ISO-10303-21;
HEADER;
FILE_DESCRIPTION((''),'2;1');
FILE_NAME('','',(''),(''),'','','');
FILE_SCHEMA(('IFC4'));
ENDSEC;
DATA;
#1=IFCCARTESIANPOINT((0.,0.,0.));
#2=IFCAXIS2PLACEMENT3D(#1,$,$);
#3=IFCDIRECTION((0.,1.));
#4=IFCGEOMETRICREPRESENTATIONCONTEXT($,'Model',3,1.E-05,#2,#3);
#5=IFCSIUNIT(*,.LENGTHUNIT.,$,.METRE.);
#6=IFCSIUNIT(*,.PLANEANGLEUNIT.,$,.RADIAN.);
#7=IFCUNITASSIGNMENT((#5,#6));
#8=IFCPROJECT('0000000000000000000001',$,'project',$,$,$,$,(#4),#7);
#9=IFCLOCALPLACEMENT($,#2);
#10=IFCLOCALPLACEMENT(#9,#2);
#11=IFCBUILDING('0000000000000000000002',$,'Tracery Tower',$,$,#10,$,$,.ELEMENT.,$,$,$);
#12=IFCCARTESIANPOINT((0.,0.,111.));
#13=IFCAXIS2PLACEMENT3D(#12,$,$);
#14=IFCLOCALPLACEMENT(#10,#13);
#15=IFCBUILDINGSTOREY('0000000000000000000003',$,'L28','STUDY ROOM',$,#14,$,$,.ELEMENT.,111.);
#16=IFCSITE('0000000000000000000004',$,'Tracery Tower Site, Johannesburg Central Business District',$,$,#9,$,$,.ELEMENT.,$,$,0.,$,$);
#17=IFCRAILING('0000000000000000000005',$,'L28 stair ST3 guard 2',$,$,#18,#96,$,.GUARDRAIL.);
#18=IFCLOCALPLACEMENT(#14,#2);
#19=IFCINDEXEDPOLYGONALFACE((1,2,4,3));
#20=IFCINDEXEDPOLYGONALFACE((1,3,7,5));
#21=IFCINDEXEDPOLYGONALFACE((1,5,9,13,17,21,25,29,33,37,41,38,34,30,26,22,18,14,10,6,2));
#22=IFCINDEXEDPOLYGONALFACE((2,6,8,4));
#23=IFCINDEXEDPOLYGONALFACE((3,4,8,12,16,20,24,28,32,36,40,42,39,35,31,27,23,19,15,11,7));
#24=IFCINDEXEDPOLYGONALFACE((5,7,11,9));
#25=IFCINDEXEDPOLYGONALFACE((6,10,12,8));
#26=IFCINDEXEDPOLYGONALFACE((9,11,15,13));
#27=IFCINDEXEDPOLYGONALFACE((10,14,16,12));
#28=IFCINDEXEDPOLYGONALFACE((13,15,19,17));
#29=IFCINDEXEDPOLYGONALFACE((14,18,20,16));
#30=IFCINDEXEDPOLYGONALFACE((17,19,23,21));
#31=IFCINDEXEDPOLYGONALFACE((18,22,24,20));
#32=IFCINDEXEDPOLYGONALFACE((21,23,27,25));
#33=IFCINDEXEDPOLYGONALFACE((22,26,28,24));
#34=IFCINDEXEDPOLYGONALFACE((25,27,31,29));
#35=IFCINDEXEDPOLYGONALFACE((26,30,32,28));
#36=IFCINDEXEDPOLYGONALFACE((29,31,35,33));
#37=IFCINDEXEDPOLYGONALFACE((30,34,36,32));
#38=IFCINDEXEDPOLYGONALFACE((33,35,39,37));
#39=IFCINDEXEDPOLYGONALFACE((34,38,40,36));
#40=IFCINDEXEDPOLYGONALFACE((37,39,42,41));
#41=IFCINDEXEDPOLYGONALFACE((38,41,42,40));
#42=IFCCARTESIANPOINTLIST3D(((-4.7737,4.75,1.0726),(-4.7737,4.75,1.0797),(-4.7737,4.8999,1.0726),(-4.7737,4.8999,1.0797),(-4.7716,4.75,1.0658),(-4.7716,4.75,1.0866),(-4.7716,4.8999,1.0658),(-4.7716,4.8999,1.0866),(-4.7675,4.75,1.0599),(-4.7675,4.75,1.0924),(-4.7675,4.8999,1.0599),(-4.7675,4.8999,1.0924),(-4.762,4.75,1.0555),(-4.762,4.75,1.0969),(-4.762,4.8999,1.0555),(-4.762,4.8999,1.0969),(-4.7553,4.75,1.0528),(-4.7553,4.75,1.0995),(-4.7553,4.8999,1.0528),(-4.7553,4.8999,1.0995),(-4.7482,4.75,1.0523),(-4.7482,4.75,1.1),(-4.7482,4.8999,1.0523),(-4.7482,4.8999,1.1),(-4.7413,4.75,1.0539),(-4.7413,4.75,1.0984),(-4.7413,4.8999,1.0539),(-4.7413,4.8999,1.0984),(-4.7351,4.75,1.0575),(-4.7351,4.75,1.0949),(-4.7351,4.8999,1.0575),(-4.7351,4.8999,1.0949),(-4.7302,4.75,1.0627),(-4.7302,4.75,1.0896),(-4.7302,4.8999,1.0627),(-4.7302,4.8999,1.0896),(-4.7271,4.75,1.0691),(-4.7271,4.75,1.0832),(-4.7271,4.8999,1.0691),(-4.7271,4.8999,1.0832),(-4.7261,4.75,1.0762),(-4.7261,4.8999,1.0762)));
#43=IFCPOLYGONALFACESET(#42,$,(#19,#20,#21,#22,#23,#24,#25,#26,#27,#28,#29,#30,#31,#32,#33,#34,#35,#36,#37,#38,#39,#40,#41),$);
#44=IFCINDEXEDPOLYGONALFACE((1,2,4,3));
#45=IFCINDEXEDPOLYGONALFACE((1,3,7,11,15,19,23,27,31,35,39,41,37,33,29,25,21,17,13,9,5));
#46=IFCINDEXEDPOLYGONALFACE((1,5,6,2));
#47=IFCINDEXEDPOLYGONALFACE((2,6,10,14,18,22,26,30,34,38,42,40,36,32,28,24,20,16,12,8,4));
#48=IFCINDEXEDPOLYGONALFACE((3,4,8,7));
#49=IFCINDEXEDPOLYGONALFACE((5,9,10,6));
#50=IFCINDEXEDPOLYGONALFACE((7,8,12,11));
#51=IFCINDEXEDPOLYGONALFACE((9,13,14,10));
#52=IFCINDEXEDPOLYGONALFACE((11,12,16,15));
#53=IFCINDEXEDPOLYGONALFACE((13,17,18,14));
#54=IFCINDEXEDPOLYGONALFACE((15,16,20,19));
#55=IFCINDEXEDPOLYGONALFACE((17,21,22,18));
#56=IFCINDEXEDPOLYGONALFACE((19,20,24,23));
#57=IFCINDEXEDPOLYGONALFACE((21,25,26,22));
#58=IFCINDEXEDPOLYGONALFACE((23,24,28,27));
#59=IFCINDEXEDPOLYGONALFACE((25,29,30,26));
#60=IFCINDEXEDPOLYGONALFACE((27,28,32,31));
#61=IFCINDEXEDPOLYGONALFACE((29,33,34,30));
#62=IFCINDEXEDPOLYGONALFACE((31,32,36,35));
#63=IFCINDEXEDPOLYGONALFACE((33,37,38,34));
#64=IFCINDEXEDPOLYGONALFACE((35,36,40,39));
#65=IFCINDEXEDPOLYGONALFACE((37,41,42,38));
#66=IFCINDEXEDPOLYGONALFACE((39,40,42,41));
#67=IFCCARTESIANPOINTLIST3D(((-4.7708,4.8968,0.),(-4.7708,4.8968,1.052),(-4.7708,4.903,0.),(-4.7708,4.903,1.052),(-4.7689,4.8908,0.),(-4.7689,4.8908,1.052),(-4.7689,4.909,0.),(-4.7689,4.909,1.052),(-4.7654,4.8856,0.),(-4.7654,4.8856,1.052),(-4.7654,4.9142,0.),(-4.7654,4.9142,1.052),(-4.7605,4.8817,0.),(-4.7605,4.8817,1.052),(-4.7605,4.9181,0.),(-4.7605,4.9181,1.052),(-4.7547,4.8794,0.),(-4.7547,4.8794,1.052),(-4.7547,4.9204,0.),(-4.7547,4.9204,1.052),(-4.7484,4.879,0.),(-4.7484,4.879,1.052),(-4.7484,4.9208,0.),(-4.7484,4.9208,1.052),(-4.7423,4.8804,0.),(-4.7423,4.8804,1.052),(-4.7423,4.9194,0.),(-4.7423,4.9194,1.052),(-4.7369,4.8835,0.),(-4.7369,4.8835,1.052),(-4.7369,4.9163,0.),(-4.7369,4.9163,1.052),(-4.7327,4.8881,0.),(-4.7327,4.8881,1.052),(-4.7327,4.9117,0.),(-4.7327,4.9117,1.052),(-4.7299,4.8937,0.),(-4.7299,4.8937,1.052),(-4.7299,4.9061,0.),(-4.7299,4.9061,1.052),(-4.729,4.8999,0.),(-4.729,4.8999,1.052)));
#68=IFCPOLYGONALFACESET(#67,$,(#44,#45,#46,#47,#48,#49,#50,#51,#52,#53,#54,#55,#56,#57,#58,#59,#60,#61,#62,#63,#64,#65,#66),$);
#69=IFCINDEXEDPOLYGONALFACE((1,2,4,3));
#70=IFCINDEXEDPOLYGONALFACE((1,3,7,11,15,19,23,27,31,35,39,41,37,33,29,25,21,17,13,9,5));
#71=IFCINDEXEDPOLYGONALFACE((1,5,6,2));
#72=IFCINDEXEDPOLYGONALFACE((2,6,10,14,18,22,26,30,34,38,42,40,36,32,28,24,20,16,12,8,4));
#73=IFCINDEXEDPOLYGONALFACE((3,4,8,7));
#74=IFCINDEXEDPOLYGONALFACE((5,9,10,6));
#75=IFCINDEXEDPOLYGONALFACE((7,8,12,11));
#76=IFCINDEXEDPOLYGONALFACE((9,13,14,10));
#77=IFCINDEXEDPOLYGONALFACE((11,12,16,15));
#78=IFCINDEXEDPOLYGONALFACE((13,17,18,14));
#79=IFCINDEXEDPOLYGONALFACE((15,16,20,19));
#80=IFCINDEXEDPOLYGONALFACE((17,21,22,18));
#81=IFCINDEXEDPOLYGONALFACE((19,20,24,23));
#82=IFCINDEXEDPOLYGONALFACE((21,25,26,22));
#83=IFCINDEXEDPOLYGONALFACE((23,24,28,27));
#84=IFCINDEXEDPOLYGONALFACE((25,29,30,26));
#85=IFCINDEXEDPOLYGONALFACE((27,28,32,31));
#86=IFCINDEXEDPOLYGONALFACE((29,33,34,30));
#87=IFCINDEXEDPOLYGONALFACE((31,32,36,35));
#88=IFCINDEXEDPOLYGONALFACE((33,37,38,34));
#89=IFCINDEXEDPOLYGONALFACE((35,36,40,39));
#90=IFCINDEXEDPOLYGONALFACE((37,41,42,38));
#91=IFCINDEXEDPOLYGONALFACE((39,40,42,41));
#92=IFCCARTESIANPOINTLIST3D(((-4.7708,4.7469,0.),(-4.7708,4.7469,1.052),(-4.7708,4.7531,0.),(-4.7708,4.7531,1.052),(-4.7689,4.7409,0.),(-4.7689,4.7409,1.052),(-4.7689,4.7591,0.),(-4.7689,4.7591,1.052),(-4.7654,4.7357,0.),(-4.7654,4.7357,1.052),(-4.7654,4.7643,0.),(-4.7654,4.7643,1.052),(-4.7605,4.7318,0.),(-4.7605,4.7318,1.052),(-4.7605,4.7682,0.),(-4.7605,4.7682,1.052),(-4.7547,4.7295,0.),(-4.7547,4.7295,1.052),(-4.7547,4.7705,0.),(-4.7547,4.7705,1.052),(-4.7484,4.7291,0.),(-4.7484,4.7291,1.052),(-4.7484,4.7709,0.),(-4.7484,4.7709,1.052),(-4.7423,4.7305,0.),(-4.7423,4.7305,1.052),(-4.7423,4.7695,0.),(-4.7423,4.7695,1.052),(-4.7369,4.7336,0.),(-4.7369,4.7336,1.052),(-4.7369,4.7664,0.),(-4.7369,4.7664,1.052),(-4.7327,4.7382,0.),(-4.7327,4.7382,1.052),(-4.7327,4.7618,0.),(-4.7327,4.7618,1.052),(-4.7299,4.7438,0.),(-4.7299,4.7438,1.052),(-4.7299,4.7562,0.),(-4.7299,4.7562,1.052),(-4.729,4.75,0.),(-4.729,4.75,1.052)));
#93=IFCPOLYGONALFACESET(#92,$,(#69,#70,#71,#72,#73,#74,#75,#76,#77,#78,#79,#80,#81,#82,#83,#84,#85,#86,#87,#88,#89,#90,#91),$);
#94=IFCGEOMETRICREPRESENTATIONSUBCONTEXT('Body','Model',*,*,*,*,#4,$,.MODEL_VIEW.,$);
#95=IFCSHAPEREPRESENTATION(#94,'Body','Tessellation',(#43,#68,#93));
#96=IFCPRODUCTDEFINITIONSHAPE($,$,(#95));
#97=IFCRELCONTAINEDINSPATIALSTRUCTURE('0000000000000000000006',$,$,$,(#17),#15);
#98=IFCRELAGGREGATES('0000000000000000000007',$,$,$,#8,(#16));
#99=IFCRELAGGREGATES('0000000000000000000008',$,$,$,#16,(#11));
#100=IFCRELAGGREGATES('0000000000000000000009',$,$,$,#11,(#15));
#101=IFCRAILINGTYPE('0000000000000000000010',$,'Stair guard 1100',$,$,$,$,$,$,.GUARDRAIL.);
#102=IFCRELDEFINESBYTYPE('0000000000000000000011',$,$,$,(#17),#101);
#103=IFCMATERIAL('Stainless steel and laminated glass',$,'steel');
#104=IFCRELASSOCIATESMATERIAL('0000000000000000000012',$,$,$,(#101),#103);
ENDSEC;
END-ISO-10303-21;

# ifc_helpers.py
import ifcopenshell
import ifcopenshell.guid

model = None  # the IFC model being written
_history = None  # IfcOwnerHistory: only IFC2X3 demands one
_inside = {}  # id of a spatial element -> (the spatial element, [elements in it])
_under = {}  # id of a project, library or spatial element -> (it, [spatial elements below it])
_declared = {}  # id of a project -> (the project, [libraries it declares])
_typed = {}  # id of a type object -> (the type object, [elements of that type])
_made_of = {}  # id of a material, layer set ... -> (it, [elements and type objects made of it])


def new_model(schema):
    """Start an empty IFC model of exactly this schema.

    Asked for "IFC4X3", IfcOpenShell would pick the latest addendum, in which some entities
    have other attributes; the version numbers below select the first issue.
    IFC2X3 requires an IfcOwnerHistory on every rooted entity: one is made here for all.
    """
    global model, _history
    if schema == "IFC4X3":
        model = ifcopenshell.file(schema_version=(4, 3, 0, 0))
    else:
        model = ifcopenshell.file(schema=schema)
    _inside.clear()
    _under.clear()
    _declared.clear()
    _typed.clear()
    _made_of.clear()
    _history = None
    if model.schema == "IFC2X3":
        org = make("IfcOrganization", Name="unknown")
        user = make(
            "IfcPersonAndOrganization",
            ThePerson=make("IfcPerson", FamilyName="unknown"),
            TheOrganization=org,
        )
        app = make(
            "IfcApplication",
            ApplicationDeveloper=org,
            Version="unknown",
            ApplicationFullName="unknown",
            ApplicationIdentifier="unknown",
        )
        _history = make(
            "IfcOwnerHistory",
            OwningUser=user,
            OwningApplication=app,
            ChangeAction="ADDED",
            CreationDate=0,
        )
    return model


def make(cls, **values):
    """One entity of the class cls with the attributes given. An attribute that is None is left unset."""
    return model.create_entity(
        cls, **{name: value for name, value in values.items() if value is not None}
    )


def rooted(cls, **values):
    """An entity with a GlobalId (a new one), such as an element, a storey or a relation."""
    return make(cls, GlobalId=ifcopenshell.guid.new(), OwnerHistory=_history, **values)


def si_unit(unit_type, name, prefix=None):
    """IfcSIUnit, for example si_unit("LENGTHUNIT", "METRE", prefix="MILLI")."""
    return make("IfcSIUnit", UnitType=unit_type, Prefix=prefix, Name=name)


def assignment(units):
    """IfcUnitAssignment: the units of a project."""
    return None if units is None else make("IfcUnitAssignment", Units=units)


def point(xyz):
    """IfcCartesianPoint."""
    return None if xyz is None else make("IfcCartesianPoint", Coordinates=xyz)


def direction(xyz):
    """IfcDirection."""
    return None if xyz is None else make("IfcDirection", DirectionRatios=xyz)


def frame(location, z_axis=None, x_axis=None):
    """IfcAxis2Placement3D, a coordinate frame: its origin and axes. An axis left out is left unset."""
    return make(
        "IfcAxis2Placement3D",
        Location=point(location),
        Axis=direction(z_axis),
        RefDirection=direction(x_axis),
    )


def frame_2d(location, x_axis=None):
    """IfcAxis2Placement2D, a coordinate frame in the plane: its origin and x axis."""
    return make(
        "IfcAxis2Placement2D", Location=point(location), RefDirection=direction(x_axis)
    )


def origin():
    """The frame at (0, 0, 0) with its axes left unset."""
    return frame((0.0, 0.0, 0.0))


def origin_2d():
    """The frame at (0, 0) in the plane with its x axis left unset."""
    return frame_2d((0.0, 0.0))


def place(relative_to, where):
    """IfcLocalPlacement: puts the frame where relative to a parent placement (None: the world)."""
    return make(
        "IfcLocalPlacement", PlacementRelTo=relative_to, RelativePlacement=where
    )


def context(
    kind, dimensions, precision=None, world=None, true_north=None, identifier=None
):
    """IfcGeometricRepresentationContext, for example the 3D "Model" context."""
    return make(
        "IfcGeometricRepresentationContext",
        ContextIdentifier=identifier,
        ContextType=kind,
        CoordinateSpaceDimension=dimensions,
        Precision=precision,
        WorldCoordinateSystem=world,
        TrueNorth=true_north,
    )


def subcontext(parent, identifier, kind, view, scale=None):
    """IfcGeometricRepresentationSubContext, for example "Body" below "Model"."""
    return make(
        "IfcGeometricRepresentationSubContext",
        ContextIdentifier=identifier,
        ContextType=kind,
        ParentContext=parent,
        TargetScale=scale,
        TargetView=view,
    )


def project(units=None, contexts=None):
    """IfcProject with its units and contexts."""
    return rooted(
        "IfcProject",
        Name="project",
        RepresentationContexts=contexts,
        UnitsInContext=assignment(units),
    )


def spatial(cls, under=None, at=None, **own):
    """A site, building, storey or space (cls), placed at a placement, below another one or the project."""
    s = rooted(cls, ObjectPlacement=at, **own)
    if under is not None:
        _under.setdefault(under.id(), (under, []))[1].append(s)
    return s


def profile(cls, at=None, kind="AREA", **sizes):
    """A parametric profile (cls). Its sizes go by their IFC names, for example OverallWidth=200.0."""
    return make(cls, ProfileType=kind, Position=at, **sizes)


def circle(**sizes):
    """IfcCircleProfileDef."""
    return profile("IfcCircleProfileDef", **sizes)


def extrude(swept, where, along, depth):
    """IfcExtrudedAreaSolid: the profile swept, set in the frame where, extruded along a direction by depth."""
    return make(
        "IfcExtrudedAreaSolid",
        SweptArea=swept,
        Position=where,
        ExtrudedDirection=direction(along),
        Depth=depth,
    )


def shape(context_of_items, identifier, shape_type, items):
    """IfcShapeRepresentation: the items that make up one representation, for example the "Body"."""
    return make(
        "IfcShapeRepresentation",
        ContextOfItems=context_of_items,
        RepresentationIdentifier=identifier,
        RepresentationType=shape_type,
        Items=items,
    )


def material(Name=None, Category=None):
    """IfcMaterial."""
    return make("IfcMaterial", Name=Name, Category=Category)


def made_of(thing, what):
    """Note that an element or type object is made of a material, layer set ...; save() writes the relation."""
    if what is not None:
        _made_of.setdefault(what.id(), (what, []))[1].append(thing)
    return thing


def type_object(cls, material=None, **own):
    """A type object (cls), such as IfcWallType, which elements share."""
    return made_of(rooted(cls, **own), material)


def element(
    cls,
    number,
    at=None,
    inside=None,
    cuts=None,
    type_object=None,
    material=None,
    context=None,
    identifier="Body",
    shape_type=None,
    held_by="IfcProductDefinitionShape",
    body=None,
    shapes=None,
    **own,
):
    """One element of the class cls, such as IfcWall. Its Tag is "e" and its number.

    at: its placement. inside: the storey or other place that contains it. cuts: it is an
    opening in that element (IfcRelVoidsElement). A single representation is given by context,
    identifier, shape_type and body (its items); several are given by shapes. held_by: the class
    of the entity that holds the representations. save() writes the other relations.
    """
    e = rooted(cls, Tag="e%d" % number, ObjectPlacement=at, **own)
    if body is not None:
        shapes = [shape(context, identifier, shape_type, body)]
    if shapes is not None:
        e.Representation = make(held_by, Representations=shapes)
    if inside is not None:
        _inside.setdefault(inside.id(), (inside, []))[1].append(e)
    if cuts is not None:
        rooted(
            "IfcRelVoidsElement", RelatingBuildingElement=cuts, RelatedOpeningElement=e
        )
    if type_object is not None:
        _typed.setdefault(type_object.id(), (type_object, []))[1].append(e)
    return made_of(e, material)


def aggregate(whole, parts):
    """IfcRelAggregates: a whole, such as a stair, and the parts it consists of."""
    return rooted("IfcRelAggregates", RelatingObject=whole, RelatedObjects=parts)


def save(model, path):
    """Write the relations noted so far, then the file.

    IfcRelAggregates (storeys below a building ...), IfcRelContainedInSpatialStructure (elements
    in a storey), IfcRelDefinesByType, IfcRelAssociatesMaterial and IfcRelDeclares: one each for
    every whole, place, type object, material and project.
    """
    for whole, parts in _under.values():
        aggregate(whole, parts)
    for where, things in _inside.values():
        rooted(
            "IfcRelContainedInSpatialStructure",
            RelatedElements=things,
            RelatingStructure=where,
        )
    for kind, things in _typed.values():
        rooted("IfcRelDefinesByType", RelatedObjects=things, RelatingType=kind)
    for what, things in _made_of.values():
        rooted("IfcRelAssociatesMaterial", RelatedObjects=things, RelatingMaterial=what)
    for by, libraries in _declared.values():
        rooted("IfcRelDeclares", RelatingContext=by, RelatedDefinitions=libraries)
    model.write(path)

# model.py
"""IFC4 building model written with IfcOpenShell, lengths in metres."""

from ifc_helpers import new_model, si_unit, direction, frame, origin, origin_2d, place, context, subcontext, project, spatial, circle, extrude, material, type_object, element, save


model = new_model("IFC4")

# Units and contexts
model_context = context("Model", 3, precision=1e-05, world=origin(), true_north=direction((0.0, 1.0)))
body_context = subcontext(model_context, "Body", "Model", "MODEL_VIEW")
ifc_project = project(units=[si_unit("LENGTHUNIT", "METRE"), si_unit("PLANEANGLEUNIT", "RADIAN")], contexts=[model_context])

# Site, building, storey
site_placement = place(None, origin())
site = spatial("IfcSite", under=ifc_project, at=site_placement, Name="Tracery Tower Site, Johannesburg Central Business District", CompositionType="ELEMENT", RefElevation=0.0)
building_placement = place(site_placement, origin())
building = spatial("IfcBuilding", under=site, at=building_placement, Name="Tracery Tower", CompositionType="ELEMENT")
storey_placement = place(building_placement, frame((0.0, 0.0, 111.0)))
storey = spatial("IfcBuildingStorey", under=building, at=storey_placement, Name="L28", Description="STUDY ROOM", CompositionType="ELEMENT", Elevation=111.0)

# Railing
ifc_material_1 = material(Name="Stainless steel and laminated glass", Category="steel")
railing_type_1 = type_object("IfcRailingType", Name="Stair guard 1100", PredefinedType="GUARDRAIL", material=ifc_material_1)
railing_1_placement = place(storey_placement, frame((-4.75, 4.8999, 0.0)))
element("IfcRailing", 1, at=railing_1_placement, inside=storey, type_object=railing_type_1, Name="L28 stair ST3 guard 2", PredefinedType="GUARDRAIL", context=body_context, shape_type="SweptSolid", body=[
    extrude(circle(Radius=0.0239, at=origin_2d()), frame((0.0, 0.0, 1.0762), z_axis=(0.0, -1.0, 0.0), x_axis=(1.0, 0.0, 0.0)), (0.0, 0.0, 1.0), 0.1499),
    extrude(circle(Radius=0.021, at=origin_2d()), origin(), (0.0, 0.0, 1.0), 1.052),
    extrude(circle(Radius=0.021, at=origin_2d()), frame((0.0, -0.1499, 0.0)), (0.0, 0.0, 1.0), 1.052),
])

save(model, "model.ifc")
